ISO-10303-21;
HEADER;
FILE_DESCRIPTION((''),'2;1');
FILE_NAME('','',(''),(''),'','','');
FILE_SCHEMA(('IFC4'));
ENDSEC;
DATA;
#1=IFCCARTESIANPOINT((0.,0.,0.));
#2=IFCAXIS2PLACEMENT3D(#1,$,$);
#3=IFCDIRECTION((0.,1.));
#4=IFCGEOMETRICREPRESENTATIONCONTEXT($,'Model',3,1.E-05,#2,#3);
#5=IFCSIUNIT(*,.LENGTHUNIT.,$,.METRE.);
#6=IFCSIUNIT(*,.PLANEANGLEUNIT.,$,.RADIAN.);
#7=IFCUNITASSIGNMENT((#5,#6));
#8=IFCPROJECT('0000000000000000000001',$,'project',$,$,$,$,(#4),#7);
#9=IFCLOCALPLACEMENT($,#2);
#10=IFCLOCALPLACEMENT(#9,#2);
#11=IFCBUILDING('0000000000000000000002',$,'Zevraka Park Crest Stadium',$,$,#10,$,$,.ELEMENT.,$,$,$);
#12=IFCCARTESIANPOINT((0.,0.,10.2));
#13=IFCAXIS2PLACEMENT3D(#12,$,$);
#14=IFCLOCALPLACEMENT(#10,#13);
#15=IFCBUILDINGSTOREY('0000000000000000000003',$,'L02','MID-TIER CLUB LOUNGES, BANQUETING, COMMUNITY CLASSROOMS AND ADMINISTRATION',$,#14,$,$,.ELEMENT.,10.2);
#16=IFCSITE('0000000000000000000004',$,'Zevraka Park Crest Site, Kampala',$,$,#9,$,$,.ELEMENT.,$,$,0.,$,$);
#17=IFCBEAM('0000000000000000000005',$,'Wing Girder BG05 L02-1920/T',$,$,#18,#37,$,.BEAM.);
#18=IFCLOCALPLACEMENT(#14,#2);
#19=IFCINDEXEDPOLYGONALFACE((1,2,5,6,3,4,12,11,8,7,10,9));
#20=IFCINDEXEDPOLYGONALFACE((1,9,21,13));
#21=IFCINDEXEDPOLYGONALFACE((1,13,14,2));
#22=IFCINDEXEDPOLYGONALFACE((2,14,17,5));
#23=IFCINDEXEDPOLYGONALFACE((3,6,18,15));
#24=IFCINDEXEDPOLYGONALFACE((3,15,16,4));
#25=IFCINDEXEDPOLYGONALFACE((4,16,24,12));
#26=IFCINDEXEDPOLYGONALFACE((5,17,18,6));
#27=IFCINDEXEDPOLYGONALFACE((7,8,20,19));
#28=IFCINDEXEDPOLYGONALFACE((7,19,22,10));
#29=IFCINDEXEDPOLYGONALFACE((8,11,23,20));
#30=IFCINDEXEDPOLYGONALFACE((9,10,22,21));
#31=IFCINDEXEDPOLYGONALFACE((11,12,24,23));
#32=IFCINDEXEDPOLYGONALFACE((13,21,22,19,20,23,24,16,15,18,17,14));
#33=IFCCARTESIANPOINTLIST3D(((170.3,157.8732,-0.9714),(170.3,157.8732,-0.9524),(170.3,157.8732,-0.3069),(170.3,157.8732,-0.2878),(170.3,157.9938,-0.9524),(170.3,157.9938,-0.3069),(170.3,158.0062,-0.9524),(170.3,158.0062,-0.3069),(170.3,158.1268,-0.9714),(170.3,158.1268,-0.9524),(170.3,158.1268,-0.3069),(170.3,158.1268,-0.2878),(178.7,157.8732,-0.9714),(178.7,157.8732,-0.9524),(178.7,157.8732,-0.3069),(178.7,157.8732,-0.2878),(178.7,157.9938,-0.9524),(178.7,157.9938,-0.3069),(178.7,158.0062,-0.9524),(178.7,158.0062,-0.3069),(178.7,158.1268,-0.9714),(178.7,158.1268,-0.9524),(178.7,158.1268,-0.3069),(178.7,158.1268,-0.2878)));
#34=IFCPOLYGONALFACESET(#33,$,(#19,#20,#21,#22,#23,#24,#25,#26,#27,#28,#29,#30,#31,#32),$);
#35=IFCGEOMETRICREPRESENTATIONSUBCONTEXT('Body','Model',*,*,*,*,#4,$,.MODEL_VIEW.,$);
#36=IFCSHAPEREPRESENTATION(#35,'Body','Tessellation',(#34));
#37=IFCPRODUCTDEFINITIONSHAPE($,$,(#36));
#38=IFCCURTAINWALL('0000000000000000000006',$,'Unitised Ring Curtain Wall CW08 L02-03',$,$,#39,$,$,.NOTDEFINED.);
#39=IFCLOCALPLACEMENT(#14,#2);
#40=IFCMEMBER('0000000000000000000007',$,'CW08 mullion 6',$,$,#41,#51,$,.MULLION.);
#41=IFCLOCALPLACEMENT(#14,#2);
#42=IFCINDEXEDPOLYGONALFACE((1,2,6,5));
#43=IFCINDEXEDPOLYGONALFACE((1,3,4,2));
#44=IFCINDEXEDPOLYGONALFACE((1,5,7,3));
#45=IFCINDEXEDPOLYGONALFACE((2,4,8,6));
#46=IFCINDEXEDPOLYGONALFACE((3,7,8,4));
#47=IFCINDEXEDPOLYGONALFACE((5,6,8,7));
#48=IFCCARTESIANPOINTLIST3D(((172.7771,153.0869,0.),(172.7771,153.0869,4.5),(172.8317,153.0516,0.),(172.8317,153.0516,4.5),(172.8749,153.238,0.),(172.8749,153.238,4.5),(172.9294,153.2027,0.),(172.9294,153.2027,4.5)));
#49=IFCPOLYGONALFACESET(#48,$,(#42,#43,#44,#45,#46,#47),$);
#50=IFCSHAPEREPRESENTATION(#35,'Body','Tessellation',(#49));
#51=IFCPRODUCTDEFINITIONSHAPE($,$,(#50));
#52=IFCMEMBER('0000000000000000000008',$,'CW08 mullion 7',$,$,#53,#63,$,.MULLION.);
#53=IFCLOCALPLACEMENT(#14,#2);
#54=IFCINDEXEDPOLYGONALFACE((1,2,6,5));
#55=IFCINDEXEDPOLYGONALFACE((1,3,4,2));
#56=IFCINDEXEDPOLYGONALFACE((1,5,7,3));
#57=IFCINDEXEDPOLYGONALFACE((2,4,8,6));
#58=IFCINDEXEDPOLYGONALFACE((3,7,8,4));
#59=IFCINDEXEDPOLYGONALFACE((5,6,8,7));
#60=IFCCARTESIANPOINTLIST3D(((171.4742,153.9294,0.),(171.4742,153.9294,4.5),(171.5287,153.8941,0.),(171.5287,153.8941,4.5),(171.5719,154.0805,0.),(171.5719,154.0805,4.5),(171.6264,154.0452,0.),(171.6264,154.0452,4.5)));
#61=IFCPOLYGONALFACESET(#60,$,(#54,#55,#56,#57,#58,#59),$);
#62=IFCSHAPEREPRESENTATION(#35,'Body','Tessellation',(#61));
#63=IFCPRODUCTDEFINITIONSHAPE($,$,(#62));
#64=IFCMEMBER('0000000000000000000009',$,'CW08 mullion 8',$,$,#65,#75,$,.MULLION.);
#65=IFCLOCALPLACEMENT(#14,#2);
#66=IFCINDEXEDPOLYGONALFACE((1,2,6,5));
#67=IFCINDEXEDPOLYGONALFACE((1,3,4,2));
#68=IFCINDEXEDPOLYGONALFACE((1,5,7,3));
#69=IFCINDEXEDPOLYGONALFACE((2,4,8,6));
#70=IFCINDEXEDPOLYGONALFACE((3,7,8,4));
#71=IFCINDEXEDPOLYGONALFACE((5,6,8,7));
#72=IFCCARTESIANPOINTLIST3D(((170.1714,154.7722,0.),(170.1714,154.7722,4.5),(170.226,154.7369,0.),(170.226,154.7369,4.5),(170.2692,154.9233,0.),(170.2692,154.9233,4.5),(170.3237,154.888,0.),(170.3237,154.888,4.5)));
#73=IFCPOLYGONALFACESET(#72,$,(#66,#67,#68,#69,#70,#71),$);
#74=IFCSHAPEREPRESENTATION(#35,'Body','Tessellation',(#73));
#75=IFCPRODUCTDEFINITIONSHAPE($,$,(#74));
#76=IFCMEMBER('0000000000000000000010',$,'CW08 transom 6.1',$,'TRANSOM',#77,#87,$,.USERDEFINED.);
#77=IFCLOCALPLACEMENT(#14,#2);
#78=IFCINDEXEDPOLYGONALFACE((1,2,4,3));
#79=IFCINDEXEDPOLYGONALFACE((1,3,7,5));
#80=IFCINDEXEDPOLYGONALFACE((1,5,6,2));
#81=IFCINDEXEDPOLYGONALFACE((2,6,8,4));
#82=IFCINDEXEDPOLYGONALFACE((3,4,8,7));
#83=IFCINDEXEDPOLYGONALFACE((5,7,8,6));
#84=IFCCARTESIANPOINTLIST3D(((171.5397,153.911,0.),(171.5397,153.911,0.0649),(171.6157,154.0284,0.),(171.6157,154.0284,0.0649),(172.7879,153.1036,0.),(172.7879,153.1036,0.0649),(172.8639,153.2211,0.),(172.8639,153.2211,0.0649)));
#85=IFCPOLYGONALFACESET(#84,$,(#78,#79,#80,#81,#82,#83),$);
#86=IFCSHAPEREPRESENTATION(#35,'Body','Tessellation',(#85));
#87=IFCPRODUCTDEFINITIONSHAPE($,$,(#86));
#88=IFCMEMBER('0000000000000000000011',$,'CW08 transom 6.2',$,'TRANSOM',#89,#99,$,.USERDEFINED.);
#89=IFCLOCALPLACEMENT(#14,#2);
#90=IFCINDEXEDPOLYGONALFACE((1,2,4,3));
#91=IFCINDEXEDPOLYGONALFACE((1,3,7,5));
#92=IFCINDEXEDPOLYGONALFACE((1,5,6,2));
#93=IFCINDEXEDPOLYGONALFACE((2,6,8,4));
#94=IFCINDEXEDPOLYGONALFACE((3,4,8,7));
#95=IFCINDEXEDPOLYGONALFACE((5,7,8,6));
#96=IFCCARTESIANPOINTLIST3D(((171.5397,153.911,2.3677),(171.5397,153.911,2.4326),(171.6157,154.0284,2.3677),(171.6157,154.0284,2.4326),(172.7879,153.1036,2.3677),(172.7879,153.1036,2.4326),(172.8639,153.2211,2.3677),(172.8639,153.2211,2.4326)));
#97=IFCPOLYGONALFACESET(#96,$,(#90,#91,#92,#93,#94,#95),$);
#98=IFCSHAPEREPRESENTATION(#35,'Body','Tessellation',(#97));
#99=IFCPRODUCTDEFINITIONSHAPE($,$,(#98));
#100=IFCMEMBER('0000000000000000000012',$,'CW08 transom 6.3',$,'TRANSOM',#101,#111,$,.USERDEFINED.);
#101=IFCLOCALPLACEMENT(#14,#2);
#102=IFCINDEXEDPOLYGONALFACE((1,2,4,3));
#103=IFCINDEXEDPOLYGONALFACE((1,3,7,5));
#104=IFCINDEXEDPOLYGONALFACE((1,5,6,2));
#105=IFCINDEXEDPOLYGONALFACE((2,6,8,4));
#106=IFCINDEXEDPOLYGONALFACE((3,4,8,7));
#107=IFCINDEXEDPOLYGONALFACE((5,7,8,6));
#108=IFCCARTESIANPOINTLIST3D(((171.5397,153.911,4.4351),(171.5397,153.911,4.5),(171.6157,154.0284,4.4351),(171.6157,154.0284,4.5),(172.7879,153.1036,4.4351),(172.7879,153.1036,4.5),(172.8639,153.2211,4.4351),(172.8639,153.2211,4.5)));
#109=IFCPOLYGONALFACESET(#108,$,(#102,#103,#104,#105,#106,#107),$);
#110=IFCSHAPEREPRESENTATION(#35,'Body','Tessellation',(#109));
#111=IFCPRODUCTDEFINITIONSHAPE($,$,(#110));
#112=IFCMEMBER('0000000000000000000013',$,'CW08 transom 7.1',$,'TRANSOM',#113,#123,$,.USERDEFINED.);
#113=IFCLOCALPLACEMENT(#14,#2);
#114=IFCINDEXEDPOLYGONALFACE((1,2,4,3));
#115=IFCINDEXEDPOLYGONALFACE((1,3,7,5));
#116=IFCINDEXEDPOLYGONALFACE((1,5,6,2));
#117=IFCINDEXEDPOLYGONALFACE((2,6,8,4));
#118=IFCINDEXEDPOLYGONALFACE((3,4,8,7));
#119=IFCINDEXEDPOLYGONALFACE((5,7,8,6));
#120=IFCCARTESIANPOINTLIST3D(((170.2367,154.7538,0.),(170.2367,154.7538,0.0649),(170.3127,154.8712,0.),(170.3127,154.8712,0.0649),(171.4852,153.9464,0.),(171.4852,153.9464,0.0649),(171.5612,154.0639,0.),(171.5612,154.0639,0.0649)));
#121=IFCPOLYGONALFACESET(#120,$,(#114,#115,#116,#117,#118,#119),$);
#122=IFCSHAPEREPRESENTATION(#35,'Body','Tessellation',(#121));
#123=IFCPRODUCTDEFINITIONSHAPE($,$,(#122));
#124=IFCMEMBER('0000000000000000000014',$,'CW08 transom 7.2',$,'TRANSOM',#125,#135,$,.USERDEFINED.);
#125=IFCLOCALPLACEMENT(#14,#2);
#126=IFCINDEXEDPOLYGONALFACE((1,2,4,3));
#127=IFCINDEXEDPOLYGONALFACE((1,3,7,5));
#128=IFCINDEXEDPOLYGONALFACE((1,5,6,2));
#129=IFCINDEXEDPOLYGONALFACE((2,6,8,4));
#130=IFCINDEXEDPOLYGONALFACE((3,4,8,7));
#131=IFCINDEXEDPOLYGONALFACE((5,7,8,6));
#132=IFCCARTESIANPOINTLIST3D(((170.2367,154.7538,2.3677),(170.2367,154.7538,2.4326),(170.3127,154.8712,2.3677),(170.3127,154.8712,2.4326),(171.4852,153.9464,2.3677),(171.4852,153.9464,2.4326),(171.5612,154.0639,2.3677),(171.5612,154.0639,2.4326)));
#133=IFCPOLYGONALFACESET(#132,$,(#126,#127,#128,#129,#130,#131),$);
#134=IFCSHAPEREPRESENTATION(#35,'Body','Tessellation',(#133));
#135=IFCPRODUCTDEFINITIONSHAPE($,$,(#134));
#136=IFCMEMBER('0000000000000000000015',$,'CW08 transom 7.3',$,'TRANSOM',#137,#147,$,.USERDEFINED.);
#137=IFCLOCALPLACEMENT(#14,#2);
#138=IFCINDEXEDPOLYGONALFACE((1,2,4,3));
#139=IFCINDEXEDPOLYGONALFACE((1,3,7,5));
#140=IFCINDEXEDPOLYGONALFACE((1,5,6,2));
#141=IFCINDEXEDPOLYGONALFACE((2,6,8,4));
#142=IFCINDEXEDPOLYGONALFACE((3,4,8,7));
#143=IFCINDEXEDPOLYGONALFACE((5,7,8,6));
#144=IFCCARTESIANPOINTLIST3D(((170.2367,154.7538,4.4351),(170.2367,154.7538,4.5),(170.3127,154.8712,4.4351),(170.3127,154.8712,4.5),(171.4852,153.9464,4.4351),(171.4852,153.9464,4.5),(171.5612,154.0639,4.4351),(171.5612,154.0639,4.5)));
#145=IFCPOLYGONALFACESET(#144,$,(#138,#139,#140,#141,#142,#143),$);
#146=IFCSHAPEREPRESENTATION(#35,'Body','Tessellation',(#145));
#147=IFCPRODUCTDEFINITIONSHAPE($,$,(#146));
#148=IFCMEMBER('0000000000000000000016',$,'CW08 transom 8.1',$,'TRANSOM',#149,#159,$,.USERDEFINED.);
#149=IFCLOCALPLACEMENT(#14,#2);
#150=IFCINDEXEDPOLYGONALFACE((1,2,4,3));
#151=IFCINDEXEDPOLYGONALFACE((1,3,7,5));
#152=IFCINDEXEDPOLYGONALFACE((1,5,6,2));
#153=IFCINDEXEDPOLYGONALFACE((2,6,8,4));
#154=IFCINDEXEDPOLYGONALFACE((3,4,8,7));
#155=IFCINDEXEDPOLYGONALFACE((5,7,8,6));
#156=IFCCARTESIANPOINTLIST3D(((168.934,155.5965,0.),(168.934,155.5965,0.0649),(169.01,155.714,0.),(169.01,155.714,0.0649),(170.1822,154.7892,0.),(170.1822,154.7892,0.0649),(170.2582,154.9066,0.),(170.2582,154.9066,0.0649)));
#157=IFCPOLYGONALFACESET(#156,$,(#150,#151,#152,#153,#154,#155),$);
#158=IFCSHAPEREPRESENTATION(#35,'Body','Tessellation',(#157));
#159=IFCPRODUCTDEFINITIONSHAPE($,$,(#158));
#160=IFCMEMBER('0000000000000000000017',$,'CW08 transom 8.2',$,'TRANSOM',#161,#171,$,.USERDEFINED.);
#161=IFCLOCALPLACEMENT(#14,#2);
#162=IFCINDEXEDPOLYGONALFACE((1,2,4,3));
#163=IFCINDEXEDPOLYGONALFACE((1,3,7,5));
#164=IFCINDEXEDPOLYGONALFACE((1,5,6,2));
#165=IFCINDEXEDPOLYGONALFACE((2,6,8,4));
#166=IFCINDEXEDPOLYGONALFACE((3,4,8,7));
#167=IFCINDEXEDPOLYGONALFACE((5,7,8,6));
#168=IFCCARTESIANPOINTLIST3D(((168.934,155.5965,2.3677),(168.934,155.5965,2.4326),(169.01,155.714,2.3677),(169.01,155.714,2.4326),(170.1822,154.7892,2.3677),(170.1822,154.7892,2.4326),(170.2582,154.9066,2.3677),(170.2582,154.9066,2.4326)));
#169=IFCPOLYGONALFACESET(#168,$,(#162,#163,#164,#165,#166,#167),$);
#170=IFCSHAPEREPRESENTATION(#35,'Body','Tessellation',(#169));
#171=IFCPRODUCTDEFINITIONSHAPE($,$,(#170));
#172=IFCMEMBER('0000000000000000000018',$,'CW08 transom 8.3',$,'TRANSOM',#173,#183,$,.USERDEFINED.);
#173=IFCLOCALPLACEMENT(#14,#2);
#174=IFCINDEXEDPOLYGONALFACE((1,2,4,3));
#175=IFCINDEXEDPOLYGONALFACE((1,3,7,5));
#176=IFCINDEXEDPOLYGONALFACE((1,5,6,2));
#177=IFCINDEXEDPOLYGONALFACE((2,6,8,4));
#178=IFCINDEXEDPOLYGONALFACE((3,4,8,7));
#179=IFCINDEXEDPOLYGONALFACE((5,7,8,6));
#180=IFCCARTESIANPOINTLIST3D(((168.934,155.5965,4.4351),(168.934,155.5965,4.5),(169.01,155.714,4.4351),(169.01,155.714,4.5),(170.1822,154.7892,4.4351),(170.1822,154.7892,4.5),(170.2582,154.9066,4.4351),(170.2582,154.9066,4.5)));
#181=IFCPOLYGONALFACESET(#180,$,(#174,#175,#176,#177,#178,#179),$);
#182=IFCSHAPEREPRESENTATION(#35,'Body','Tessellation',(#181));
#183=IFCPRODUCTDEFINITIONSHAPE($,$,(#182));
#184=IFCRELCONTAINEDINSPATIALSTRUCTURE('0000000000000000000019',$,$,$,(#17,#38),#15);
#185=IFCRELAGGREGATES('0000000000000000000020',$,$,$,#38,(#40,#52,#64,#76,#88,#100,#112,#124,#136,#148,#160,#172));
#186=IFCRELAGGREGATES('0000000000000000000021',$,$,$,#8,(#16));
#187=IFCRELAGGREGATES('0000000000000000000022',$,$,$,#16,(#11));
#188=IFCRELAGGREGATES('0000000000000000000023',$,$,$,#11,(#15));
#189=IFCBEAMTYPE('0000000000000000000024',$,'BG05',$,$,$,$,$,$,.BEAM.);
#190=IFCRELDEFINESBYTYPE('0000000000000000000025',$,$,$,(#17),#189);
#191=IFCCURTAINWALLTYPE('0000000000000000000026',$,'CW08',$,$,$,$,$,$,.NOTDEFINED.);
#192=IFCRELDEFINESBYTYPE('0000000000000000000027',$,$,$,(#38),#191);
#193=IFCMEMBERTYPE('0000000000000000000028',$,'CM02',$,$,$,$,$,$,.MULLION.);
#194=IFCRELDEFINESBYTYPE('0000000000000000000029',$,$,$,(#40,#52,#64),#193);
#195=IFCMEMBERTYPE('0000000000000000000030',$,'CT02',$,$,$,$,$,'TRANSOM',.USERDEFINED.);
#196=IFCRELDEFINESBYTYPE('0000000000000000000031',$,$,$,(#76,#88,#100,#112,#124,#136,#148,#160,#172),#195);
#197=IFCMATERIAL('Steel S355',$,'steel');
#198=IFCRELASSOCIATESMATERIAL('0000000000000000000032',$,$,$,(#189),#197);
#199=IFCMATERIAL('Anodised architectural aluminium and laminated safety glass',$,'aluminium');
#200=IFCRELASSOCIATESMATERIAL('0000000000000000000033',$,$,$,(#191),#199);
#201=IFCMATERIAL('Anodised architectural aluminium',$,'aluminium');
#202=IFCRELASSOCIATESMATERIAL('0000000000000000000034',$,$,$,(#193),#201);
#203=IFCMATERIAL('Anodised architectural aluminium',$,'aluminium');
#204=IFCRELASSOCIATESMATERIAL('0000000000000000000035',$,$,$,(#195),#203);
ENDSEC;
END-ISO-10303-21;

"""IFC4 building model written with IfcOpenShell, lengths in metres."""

from ifc_helpers import new_model, si_unit, direction, frame, origin, origin_2d, place, context, subcontext, project, spatial, rectangle, i_section, extrude, material, material_profile, profile_set, type_object, element, aggregate, save


model = new_model("IFC4")

# Units and contexts
model_context = context("Model", 3, precision=1e-05, world=origin(), true_north=direction((0.0, 1.0)))
body_context = subcontext(model_context, "Body", "Model", "MODEL_VIEW")
ifc_project = project(units=[si_unit("LENGTHUNIT", "METRE"), si_unit("PLANEANGLEUNIT", "RADIAN")], contexts=[model_context])

# Site, building, storey
site_placement = place(None, origin())
site = spatial("IfcSite", under=ifc_project, at=site_placement, Name="Zevraka Park Crest Site, Kampala", CompositionType="ELEMENT", RefElevation=0.0)
building_placement = place(site_placement, origin())
building = spatial("IfcBuilding", under=site, at=building_placement, Name="Zevraka Park Crest Stadium", CompositionType="ELEMENT")
storey_placement = place(building_placement, frame((0.0, 0.0, 10.2)))
storey = spatial("IfcBuildingStorey", under=building, at=storey_placement, Name="L02", Description="MID-TIER CLUB LOUNGES, BANQUETING, COMMUNITY CLASSROOMS AND ADMINISTRATION", CompositionType="ELEMENT", Elevation=10.2)

# Beam
ifc_material_1 = material(Name="Steel S355", Category="steel")
ifc_material_profile_1 = material_profile(ifc_material_1, i_section(OverallWidth=0.2537, OverallDepth=0.6836, WebThickness=0.0125, FlangeThickness=0.019, at=origin_2d()), Name="UKB 686x254x140")
ifc_profile_set_1 = profile_set([ifc_material_profile_1], Name="Steel S355")
beam_type = type_object("IfcBeamType", Name="BG05", PredefinedType="BEAM", material=ifc_profile_set_1)
beam_placement = place(storey_placement, frame((170.3, 158.0, -0.6296), z_axis=(1.0, 0.0, 0.0), x_axis=(0.0, 1.0, 0.0)))
element("IfcBeam", 1, at=beam_placement, inside=storey, type_object=beam_type, Name="Wing Girder BG05 L02-1920/T", PredefinedType="BEAM", context=body_context, shape_type="SweptSolid", body=[
    extrude(i_section(OverallWidth=0.2537, OverallDepth=0.6836, WebThickness=0.0125, FlangeThickness=0.019, at=origin_2d()), origin(), (0.0, 0.0, 1.0), 8.3999),
])

# Curtain wall, members
ifc_material_2 = material(Name="Anodised architectural aluminium and laminated safety glass", Category="aluminium")
curtain_wall_type = type_object("IfcCurtainWallType", Name="CW08", PredefinedType="NOTDEFINED", material=ifc_material_2)
curtain_wall_placement = place(storey_placement, origin())
curtain_wall = element("IfcCurtainWall", 2, at=curtain_wall_placement, inside=storey, type_object=curtain_wall_type, Name="Unitised Ring Curtain Wall CW08 L02-03", PredefinedType="NOTDEFINED")
ifc_material_3 = material(Name="Anodised architectural aluminium", Category="aluminium")
ifc_material_profile_2 = material_profile(ifc_material_3, rectangle(XDim=0.1799, YDim=0.0649, at=origin_2d()), Name="ALU MULLION 180x65")
ifc_profile_set_2 = profile_set([ifc_material_profile_2], Name="Anodised architectural aluminium")
member_type_1 = type_object("IfcMemberType", Name="CM02", PredefinedType="MULLION", material=ifc_profile_set_2)
member_1_placement = place(storey_placement, frame((172.8533, 153.1448, 0.0), z_axis=(0.0, 0.0, 1.0), x_axis=(-0.543096, -0.83967, 0.0)))
member_1 = element("IfcMember", 3, at=member_1_placement, type_object=member_type_1, Name="CW08 mullion 6", PredefinedType="MULLION", context=body_context, shape_type="SweptSolid", body=[
    extrude(rectangle(XDim=0.1799, YDim=0.0649, at=origin_2d()), origin(), (0.0, 0.0, 1.0), 4.5),
])
member_2_placement = place(storey_placement, frame((171.5503, 153.9873, 0.0), z_axis=(0.0, 0.0, 1.0), x_axis=(-0.543096, -0.83967, 0.0)))
member_2 = element("IfcMember", 4, at=member_2_placement, type_object=member_type_1, Name="CW08 mullion 7", PredefinedType="MULLION", context=body_context, shape_type="SweptSolid", body=[
    extrude(rectangle(XDim=0.1799, YDim=0.0649, at=origin_2d()), origin(), (0.0, 0.0, 1.0), 4.5),
])
member_3_placement = place(storey_placement, frame((170.2476, 154.8301, 0.0), z_axis=(0.0, 0.0, 1.0), x_axis=(-0.543096, -0.83967, 0.0)))
member_3 = element("IfcMember", 5, at=member_3_placement, type_object=member_type_1, Name="CW08 mullion 8", PredefinedType="MULLION", context=body_context, shape_type="SweptSolid", body=[
    extrude(rectangle(XDim=0.1799, YDim=0.0649, at=origin_2d()), origin(), (0.0, 0.0, 1.0), 4.5),
])
ifc_material_4 = material(Name="Anodised architectural aluminium", Category="aluminium")
ifc_material_profile_3 = material_profile(ifc_material_4, rectangle(XDim=0.1399, YDim=0.0649, at=origin_2d()), Name="ALU TRANSOM 140x65")
ifc_profile_set_3 = profile_set([ifc_material_profile_3], Name="Anodised architectural aluminium")
member_type_2 = type_object("IfcMemberType", Name="CT02", ElementType="TRANSOM", PredefinedType="USERDEFINED", material=ifc_profile_set_3)
member_4_placement = place(storey_placement, frame((172.8259, 153.1624, 0.0325), z_axis=(-0.839676, 0.543088, 0.0), x_axis=(-0.543088, -0.839676, 0.0)))
member_4 = element("IfcMember", 6, at=member_4_placement, type_object=member_type_2, Name="CW08 transom 6.1", ObjectType="TRANSOM", PredefinedType="USERDEFINED", context=body_context, shape_type="SweptSolid", body=[
    extrude(rectangle(XDim=0.1399, YDim=0.0649, at=origin_2d()), origin(), (0.0, 0.0, 1.0), 1.4866),
])
member_5_placement = place(storey_placement, frame((172.8259, 153.1624, 2.4001), z_axis=(-0.839676, 0.543088, 0.0), x_axis=(-0.543088, -0.839676, 0.0)))
member_5 = element("IfcMember", 7, at=member_5_placement, type_object=member_type_2, Name="CW08 transom 6.2", ObjectType="TRANSOM", PredefinedType="USERDEFINED", context=body_context, shape_type="SweptSolid", body=[
    extrude(rectangle(XDim=0.1399, YDim=0.0649, at=origin_2d()), origin(), (0.0, 0.0, 1.0), 1.4866),
])
member_6_placement = place(storey_placement, frame((172.8259, 153.1624, 4.4675), z_axis=(-0.839676, 0.543088, 0.0), x_axis=(-0.543088, -0.839676, 0.0)))
member_6 = element("IfcMember", 8, at=member_6_placement, type_object=member_type_2, Name="CW08 transom 6.3", ObjectType="TRANSOM", PredefinedType="USERDEFINED", context=body_context, shape_type="SweptSolid", body=[
    extrude(rectangle(XDim=0.1399, YDim=0.0649, at=origin_2d()), origin(), (0.0, 0.0, 1.0), 1.4866),
])
member_7_placement = place(storey_placement, frame((171.5232, 154.0051, 0.0325), z_axis=(-0.839724, 0.543013, 0.0), x_axis=(-0.543013, -0.839724, 0.0)))
member_7 = element("IfcMember", 9, at=member_7_placement, type_object=member_type_2, Name="CW08 transom 7.1", ObjectType="TRANSOM", PredefinedType="USERDEFINED", context=body_context, shape_type="SweptSolid", body=[
    extrude(rectangle(XDim=0.1399, YDim=0.0649, at=origin_2d()), origin(), (0.0, 0.0, 1.0), 1.4868),
])
member_8_placement = place(storey_placement, frame((171.5232, 154.0051, 2.4001), z_axis=(-0.839724, 0.543013, 0.0), x_axis=(-0.543013, -0.839724, 0.0)))
member_8 = element("IfcMember", 10, at=member_8_placement, type_object=member_type_2, Name="CW08 transom 7.2", ObjectType="TRANSOM", PredefinedType="USERDEFINED", context=body_context, shape_type="SweptSolid", body=[
    extrude(rectangle(XDim=0.1399, YDim=0.0649, at=origin_2d()), origin(), (0.0, 0.0, 1.0), 1.4868),
])
member_9_placement = place(storey_placement, frame((171.5232, 154.0051, 4.4675), z_axis=(-0.839724, 0.543013, 0.0), x_axis=(-0.543013, -0.839724, 0.0)))
member_9 = element("IfcMember", 11, at=member_9_placement, type_object=member_type_2, Name="CW08 transom 7.3", ObjectType="TRANSOM", PredefinedType="USERDEFINED", context=body_context, shape_type="SweptSolid", body=[
    extrude(rectangle(XDim=0.1399, YDim=0.0649, at=origin_2d()), origin(), (0.0, 0.0, 1.0), 1.4868),
])
member_10_placement = place(storey_placement, frame((170.2202, 154.8479, 0.0325), z_axis=(-0.839676, 0.543088, 0.0), x_axis=(-0.543088, -0.839676, 0.0)))
member_10 = element("IfcMember", 12, at=member_10_placement, type_object=member_type_2, Name="CW08 transom 8.1", ObjectType="TRANSOM", PredefinedType="USERDEFINED", context=body_context, shape_type="SweptSolid", body=[
    extrude(rectangle(XDim=0.1399, YDim=0.0649, at=origin_2d()), origin(), (0.0, 0.0, 1.0), 1.4866),
])
member_11_placement = place(storey_placement, frame((170.2202, 154.8479, 2.4001), z_axis=(-0.839676, 0.543088, 0.0), x_axis=(-0.543088, -0.839676, 0.0)))
member_11 = element("IfcMember", 13, at=member_11_placement, type_object=member_type_2, Name="CW08 transom 8.2", ObjectType="TRANSOM", PredefinedType="USERDEFINED", context=body_context, shape_type="SweptSolid", body=[
    extrude(rectangle(XDim=0.1399, YDim=0.0649, at=origin_2d()), origin(), (0.0, 0.0, 1.0), 1.4866),
])
member_12_placement = place(storey_placement, frame((170.2202, 154.8479, 4.4675), z_axis=(-0.839676, 0.543088, 0.0), x_axis=(-0.543088, -0.839676, 0.0)))
member_12 = element("IfcMember", 14, at=member_12_placement, type_object=member_type_2, Name="CW08 transom 8.3", ObjectType="TRANSOM", PredefinedType="USERDEFINED", context=body_context, shape_type="SweptSolid", body=[
    extrude(rectangle(XDim=0.1399, YDim=0.0649, at=origin_2d()), origin(), (0.0, 0.0, 1.0), 1.4866),
])
aggregate(curtain_wall, [member_1, member_2, member_3, member_4, member_5, member_6, member_7, member_8, member_9, member_10, member_11, member_12])

save(model, "model.ifc")
